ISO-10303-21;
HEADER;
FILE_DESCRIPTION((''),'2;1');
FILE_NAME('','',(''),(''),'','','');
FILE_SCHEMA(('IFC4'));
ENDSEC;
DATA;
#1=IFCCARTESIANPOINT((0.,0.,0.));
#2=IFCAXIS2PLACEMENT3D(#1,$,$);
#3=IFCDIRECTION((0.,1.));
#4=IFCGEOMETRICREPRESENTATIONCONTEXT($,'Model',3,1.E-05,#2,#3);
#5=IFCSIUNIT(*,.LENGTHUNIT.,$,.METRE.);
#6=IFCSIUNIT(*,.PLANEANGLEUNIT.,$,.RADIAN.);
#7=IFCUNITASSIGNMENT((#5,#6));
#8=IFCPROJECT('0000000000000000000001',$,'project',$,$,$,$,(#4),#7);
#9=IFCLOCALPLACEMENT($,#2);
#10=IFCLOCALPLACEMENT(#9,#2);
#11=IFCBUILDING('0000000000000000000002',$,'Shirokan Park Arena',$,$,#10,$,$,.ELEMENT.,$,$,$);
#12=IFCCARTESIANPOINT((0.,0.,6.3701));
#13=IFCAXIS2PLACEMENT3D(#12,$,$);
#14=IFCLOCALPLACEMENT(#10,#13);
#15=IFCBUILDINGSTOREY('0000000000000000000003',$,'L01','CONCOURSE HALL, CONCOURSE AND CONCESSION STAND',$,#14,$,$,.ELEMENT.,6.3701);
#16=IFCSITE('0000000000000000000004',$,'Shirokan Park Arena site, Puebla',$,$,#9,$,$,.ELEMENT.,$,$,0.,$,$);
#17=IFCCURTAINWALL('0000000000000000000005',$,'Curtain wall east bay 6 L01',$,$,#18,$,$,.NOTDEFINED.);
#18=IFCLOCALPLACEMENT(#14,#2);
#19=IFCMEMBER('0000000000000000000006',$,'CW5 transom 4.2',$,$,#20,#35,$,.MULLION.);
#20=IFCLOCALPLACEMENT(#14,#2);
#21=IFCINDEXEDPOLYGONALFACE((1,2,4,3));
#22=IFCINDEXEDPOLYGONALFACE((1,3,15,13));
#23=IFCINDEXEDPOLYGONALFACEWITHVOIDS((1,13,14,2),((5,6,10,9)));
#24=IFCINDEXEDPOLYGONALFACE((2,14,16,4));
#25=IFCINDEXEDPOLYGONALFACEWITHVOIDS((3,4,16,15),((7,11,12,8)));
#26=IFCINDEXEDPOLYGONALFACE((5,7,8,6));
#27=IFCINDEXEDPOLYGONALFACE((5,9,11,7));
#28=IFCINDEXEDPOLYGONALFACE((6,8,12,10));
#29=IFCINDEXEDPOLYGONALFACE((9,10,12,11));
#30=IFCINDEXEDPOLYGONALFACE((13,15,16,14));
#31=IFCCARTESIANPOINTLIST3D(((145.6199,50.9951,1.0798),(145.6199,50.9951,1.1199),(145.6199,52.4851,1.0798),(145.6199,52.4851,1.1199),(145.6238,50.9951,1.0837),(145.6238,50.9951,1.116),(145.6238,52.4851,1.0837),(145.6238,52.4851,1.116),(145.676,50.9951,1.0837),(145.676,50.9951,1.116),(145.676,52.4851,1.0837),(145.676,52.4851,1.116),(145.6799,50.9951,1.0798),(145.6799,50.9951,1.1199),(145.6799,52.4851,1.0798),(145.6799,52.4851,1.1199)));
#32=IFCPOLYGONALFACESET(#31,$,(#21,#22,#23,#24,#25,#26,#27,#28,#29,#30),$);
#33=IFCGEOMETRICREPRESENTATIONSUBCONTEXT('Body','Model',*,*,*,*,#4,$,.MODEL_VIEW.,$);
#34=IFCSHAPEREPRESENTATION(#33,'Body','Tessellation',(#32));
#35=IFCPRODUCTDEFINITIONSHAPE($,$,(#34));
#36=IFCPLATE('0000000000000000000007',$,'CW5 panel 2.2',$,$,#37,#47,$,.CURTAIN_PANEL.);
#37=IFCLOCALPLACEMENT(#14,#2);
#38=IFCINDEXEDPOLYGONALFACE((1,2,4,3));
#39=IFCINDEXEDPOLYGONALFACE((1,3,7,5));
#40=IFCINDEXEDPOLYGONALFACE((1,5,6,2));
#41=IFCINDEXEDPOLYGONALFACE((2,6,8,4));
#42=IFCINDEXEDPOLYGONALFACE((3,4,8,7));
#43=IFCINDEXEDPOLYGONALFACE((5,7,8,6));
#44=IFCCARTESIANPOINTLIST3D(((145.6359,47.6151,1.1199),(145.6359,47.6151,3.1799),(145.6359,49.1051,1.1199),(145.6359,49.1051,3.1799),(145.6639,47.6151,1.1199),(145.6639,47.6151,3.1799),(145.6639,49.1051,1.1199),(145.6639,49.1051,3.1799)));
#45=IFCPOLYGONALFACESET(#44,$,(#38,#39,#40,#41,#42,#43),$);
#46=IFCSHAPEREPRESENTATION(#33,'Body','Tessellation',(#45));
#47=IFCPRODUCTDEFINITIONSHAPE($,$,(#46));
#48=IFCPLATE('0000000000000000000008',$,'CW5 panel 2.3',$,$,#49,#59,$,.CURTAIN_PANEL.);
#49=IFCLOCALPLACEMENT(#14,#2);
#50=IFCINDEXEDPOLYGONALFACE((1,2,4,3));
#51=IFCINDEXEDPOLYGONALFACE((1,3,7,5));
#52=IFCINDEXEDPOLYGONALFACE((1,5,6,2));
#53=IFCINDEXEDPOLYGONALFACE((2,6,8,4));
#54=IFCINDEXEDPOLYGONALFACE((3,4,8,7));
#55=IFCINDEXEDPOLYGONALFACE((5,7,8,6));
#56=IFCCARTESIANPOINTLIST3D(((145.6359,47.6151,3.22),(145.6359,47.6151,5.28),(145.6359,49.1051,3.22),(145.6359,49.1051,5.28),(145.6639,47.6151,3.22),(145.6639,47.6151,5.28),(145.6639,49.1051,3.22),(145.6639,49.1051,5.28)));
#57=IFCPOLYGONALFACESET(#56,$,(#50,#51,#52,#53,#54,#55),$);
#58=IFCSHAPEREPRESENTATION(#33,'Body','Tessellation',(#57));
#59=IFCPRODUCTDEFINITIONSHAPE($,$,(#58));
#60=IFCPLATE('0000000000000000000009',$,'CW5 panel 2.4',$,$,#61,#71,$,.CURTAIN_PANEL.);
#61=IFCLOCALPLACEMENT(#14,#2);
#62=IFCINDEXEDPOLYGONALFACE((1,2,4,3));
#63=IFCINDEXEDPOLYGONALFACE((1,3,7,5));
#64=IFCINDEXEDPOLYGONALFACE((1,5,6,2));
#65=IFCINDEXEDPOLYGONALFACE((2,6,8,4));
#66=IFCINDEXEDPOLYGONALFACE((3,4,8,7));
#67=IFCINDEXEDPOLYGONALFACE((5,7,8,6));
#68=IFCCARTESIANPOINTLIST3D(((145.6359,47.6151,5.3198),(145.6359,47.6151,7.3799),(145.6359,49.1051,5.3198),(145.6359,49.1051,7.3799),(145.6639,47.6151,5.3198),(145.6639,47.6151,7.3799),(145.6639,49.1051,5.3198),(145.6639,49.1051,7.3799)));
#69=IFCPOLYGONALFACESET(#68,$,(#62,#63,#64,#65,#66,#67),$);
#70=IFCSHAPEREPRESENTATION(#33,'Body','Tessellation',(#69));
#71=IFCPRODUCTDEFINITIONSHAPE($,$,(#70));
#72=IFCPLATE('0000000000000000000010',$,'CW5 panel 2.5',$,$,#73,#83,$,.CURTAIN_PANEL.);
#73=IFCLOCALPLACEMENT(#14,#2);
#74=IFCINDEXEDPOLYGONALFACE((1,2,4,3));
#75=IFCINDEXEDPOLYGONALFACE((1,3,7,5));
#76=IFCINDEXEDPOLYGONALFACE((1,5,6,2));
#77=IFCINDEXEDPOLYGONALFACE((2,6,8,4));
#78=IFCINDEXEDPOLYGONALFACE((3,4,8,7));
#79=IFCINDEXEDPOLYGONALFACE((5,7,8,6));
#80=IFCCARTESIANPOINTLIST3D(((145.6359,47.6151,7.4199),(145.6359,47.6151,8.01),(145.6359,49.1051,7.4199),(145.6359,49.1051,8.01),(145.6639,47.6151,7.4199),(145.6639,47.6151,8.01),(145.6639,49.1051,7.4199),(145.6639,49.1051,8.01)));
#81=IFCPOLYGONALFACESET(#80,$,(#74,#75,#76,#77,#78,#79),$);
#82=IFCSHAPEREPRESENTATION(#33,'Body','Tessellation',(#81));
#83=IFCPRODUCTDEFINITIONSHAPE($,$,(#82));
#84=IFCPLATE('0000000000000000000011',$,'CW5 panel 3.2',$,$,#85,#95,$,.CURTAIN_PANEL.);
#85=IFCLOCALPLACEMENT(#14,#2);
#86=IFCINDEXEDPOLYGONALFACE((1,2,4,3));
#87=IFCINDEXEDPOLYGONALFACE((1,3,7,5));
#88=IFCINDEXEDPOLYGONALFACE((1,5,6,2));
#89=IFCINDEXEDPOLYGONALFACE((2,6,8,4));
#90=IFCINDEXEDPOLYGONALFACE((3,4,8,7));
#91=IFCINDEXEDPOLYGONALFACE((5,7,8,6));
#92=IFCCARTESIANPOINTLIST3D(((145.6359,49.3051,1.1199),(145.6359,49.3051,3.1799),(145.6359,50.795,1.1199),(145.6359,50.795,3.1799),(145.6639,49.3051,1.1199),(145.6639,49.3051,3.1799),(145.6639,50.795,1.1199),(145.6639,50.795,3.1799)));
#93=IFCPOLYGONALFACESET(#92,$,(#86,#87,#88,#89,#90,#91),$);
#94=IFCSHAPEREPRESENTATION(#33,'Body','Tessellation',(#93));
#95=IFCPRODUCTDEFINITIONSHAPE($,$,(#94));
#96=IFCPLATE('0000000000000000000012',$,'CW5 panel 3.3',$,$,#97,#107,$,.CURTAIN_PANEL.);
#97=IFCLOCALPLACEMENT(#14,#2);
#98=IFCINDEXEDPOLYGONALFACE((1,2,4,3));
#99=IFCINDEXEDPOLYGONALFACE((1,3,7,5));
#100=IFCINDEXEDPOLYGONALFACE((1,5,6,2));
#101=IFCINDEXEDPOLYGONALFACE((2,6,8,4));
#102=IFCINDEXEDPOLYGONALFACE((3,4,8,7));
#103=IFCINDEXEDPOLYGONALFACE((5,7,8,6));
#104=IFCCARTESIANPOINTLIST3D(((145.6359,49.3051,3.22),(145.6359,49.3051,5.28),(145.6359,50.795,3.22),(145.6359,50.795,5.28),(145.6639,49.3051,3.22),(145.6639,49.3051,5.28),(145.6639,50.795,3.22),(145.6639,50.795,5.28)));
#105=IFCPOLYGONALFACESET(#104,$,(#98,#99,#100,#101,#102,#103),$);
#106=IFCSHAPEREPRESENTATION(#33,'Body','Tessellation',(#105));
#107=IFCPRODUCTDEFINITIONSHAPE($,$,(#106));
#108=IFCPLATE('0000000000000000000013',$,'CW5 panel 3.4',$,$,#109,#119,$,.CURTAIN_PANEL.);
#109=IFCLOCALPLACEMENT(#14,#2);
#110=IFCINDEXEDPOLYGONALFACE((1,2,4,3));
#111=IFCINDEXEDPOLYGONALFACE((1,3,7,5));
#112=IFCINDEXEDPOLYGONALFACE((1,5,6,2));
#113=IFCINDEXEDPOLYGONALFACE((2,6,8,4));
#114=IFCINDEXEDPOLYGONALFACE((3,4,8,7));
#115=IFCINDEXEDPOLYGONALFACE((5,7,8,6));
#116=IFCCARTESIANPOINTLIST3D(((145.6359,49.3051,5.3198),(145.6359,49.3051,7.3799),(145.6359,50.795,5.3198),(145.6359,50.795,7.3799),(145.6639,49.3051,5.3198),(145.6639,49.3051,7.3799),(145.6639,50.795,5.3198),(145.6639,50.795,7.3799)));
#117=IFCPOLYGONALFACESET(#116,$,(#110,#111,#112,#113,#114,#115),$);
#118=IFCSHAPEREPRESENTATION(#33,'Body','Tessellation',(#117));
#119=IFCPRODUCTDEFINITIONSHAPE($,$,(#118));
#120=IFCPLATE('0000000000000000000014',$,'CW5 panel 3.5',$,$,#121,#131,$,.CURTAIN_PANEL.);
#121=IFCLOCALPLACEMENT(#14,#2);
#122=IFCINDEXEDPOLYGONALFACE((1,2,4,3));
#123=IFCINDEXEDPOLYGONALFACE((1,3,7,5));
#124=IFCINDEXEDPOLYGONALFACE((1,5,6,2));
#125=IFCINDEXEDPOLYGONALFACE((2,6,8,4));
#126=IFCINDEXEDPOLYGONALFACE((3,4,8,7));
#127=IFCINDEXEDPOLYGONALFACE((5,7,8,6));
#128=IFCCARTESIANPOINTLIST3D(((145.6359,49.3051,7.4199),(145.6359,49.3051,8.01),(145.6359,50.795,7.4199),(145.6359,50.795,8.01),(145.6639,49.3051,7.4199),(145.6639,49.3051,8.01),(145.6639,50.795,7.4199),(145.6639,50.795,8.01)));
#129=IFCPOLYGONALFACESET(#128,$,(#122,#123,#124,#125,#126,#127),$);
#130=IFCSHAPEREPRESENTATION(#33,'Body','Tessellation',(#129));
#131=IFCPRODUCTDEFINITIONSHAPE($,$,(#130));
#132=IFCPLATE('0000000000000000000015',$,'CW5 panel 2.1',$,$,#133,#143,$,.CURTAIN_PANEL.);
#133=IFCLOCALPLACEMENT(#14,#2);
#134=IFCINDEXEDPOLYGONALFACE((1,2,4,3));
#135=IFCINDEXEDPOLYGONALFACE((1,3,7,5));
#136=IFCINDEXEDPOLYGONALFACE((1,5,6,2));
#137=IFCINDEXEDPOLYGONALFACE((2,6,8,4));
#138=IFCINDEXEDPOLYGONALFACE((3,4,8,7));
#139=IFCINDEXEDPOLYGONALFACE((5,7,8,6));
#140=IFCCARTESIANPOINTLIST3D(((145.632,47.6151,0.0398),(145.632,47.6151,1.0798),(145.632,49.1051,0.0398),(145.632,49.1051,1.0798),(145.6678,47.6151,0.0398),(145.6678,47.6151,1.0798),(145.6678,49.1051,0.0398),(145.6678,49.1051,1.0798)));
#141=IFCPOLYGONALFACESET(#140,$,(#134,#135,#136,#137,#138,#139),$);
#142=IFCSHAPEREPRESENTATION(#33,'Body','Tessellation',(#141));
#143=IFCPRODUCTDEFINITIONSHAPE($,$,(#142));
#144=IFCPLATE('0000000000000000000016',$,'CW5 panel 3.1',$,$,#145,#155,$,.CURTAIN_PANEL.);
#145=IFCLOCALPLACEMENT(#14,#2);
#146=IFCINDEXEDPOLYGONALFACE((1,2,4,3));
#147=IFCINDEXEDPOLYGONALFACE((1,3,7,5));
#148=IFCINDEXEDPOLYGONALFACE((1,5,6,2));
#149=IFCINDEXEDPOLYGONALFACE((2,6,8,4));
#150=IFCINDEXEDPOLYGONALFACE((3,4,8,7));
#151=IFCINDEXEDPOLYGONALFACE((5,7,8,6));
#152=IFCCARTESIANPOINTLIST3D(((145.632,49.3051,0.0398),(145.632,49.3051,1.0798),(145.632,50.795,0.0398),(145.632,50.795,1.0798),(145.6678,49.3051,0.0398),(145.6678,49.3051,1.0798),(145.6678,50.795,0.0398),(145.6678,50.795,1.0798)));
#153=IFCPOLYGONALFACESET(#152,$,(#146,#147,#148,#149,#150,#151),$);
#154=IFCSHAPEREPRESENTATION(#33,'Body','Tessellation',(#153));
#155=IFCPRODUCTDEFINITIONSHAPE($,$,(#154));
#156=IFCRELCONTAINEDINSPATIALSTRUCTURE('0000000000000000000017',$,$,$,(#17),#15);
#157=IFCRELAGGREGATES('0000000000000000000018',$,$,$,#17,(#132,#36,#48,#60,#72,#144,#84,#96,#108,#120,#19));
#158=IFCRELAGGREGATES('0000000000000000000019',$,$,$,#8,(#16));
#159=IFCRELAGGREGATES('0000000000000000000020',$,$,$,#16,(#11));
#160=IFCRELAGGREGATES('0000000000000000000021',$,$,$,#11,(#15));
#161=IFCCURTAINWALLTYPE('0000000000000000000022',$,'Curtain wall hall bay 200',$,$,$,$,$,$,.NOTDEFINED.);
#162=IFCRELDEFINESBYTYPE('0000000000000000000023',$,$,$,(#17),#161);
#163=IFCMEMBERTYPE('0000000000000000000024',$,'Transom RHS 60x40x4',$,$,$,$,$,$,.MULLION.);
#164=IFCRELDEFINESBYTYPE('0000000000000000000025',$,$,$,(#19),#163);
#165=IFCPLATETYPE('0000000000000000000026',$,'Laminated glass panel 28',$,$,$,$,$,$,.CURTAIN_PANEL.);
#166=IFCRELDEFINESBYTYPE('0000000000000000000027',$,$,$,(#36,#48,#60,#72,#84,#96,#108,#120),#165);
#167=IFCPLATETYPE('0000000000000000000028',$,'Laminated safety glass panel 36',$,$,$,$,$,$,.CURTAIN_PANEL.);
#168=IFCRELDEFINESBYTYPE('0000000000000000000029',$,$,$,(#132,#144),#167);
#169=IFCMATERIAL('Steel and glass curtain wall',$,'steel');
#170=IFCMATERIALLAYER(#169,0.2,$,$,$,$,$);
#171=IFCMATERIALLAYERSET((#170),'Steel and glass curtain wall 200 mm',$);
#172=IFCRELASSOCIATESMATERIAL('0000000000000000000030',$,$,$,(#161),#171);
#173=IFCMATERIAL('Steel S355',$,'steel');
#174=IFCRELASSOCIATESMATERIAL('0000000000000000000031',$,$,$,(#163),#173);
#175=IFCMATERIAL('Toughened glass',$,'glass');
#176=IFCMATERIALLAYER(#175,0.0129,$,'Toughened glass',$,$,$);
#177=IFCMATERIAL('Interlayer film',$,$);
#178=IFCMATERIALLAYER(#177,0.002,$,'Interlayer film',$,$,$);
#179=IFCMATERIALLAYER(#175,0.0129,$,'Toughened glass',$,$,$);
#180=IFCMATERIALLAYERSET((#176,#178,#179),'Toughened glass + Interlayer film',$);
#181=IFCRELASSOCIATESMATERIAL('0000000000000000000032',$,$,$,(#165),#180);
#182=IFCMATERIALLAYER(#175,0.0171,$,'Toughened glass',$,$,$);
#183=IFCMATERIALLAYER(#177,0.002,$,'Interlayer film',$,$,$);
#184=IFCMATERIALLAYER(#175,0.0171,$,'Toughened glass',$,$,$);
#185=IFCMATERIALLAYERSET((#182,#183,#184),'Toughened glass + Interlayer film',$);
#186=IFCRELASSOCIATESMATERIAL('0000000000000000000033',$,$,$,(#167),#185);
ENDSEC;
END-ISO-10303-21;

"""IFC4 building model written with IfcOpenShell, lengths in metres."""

from ifc_helpers import new_model, si_unit, direction, frame, origin, origin_2d, place, context, subcontext, project, spatial, rectangle, hollow_rectangle, extrude, material, layer, layer_set, material_profile, profile_set, type_object, element, aggregate, save


model = new_model("IFC4")

# Units and contexts
model_context = context("Model", 3, precision=1e-05, world=origin(), true_north=direction((0.0, 1.0)))
body_context = subcontext(model_context, "Body", "Model", "MODEL_VIEW")
ifc_project = project(units=[si_unit("LENGTHUNIT", "METRE"), si_unit("PLANEANGLEUNIT", "RADIAN")], contexts=[model_context])

# Site, building, storey
site_placement = place(None, origin())
site = spatial("IfcSite", under=ifc_project, at=site_placement, Name="Shirokan Park Arena site, Puebla", CompositionType="ELEMENT", RefElevation=0.0)
building_placement = place(site_placement, origin())
building = spatial("IfcBuilding", under=site, at=building_placement, Name="Shirokan Park Arena", CompositionType="ELEMENT")
storey_placement = place(building_placement, frame((0.0, 0.0, 6.3701)))
storey = spatial("IfcBuildingStorey", under=building, at=storey_placement, Name="L01", Description="CONCOURSE HALL, CONCOURSE AND CONCESSION STAND", CompositionType="ELEMENT", Elevation=6.3701)

# Curtain wall, member, plates
ifc_material_1 = material(Name="Steel and glass curtain wall", Category="steel")
ifc_layer_1 = layer(ifc_material_1, 0.2)
ifc_layer_set_1 = layer_set([ifc_layer_1], Name="Steel and glass curtain wall 200 mm")
curtain_wall_type = type_object("IfcCurtainWallType", Name="Curtain wall hall bay 200", PredefinedType="NOTDEFINED", material=ifc_layer_set_1)
curtain_wall_placement = place(storey_placement, origin())
curtain_wall = element("IfcCurtainWall", 1, at=curtain_wall_placement, inside=storey, type_object=curtain_wall_type, Name="Curtain wall east bay 6 L01", PredefinedType="NOTDEFINED")
ifc_material_2 = material(Name="Steel S355", Category="steel")
ifc_material_profile_1 = material_profile(ifc_material_2, hollow_rectangle(XDim=0.0601, YDim=0.04, WallThickness=0.0039, at=origin_2d()), Name="RHS 60x40x4")
ifc_profile_set_1 = profile_set([ifc_material_profile_1], Name="Steel S355")
member_type_1 = type_object("IfcMemberType", Name="Transom RHS 60x40x4", PredefinedType="MULLION", material=ifc_profile_set_1)
member_1_placement = place(storey_placement, frame((145.6499, 50.9951, 1.0999), z_axis=(0.0, 1.0, 0.0), x_axis=(-1.0, 0.0, 0.0)))
member_1 = element("IfcMember", 2, at=member_1_placement, type_object=member_type_1, Name="CW5 transom 4.2", PredefinedType="MULLION", context=body_context, shape_type="SweptSolid", body=[
    extrude(hollow_rectangle(XDim=0.0601, YDim=0.04, WallThickness=0.0039, at=origin_2d()), origin(), (0.0, 0.0, 1.0), 1.49),
])
ifc_material_3 = material(Name="Toughened glass", Category="glass")
ifc_layer_2 = layer(ifc_material_3, 0.0129, Name="Toughened glass")
ifc_material_4 = material(Name="Interlayer film")
ifc_layer_3 = layer(ifc_material_4, 0.002, Name="Interlayer film")
ifc_layer_4 = layer(ifc_material_3, 0.0129, Name="Toughened glass")
ifc_layer_set_2 = layer_set([ifc_layer_2, ifc_layer_3, ifc_layer_4], Name="Toughened glass + Interlayer film")
plate_type_1 = type_object("IfcPlateType", Name="Laminated glass panel 28", PredefinedType="CURTAIN_PANEL", material=ifc_layer_set_2)
plate_1_placement = place(storey_placement, frame((145.6499, 48.3601, 1.1199), z_axis=(0.0, 0.0, 1.0), x_axis=(0.0, 1.0, 0.0)))
plate_1 = element("IfcPlate", 3, at=plate_1_placement, type_object=plate_type_1, Name="CW5 panel 2.2", PredefinedType="CURTAIN_PANEL", context=body_context, shape_type="SweptSolid", body=[
    extrude(rectangle(XDim=1.49, YDim=0.0281, at=origin_2d()), origin(), (0.0, 0.0, 1.0), 2.0601),
])
plate_2_placement = place(storey_placement, frame((145.6499, 48.3601, 3.22), z_axis=(0.0, 0.0, 1.0), x_axis=(0.0, 1.0, 0.0)))
plate_2 = element("IfcPlate", 4, at=plate_2_placement, type_object=plate_type_1, Name="CW5 panel 2.3", PredefinedType="CURTAIN_PANEL", context=body_context, shape_type="SweptSolid", body=[
    extrude(rectangle(XDim=1.49, YDim=0.0281, at=origin_2d()), origin(), (0.0, 0.0, 1.0), 2.0601),
])
plate_3_placement = place(storey_placement, frame((145.6499, 48.3601, 5.3198), z_axis=(0.0, 0.0, 1.0), x_axis=(0.0, 1.0, 0.0)))
plate_3 = element("IfcPlate", 5, at=plate_3_placement, type_object=plate_type_1, Name="CW5 panel 2.4", PredefinedType="CURTAIN_PANEL", context=body_context, shape_type="SweptSolid", body=[
    extrude(rectangle(XDim=1.49, YDim=0.0281, at=origin_2d()), origin(), (0.0, 0.0, 1.0), 2.0601),
])
plate_4_placement = place(storey_placement, frame((145.6499, 48.3601, 7.4199), z_axis=(0.0, 0.0, 1.0), x_axis=(0.0, 1.0, 0.0)))
plate_4 = element("IfcPlate", 6, at=plate_4_placement, type_object=plate_type_1, Name="CW5 panel 2.5", PredefinedType="CURTAIN_PANEL", context=body_context, shape_type="SweptSolid", body=[
    extrude(rectangle(XDim=1.49, YDim=0.0281, at=origin_2d()), origin(), (0.0, 0.0, 1.0), 0.5901),
])
plate_5_placement = place(storey_placement, frame((145.6499, 50.05, 1.1199), z_axis=(0.0, 0.0, 1.0), x_axis=(0.0, 1.0, 0.0)))
plate_5 = element("IfcPlate", 7, at=plate_5_placement, type_object=plate_type_1, Name="CW5 panel 3.2", PredefinedType="CURTAIN_PANEL", context=body_context, shape_type="SweptSolid", body=[
    extrude(rectangle(XDim=1.49, YDim=0.0281, at=origin_2d()), origin(), (0.0, 0.0, 1.0), 2.0601),
])
plate_6_placement = place(storey_placement, frame((145.6499, 50.05, 3.22), z_axis=(0.0, 0.0, 1.0), x_axis=(0.0, 1.0, 0.0)))
plate_6 = element("IfcPlate", 8, at=plate_6_placement, type_object=plate_type_1, Name="CW5 panel 3.3", PredefinedType="CURTAIN_PANEL", context=body_context, shape_type="SweptSolid", body=[
    extrude(rectangle(XDim=1.49, YDim=0.0281, at=origin_2d()), origin(), (0.0, 0.0, 1.0), 2.0601),
])
plate_7_placement = place(storey_placement, frame((145.6499, 50.05, 5.3198), z_axis=(0.0, 0.0, 1.0), x_axis=(0.0, 1.0, 0.0)))
plate_7 = element("IfcPlate", 9, at=plate_7_placement, type_object=plate_type_1, Name="CW5 panel 3.4", PredefinedType="CURTAIN_PANEL", context=body_context, shape_type="SweptSolid", body=[
    extrude(rectangle(XDim=1.49, YDim=0.0281, at=origin_2d()), origin(), (0.0, 0.0, 1.0), 2.0601),
])
plate_8_placement = place(storey_placement, frame((145.6499, 50.05, 7.4199), z_axis=(0.0, 0.0, 1.0), x_axis=(0.0, 1.0, 0.0)))
plate_8 = element("IfcPlate", 10, at=plate_8_placement, type_object=plate_type_1, Name="CW5 panel 3.5", PredefinedType="CURTAIN_PANEL", context=body_context, shape_type="SweptSolid", body=[
    extrude(rectangle(XDim=1.49, YDim=0.0281, at=origin_2d()), origin(), (0.0, 0.0, 1.0), 0.5901),
])
ifc_layer_5 = layer(ifc_material_3, 0.0171, Name="Toughened glass")
ifc_layer_6 = layer(ifc_material_4, 0.002, Name="Interlayer film")
ifc_layer_7 = layer(ifc_material_3, 0.0171, Name="Toughened glass")
ifc_layer_set_3 = layer_set([ifc_layer_5, ifc_layer_6, ifc_layer_7], Name="Toughened glass + Interlayer film")
plate_type_2 = type_object("IfcPlateType", Name="Laminated safety glass panel 36", PredefinedType="CURTAIN_PANEL", material=ifc_layer_set_3)
plate_9_placement = place(storey_placement, frame((145.6499, 48.3601, 0.0398), z_axis=(0.0, 0.0, 1.0), x_axis=(0.0, 1.0, 0.0)))
plate_9 = element("IfcPlate", 11, at=plate_9_placement, type_object=plate_type_2, Name="CW5 panel 2.1", PredefinedType="CURTAIN_PANEL", context=body_context, shape_type="SweptSolid", body=[
    extrude(rectangle(XDim=1.49, YDim=0.0359, at=origin_2d()), origin(), (0.0, 0.0, 1.0), 1.04),
])
plate_10_placement = place(storey_placement, frame((145.6499, 50.05, 0.0398), z_axis=(0.0, 0.0, 1.0), x_axis=(0.0, 1.0, 0.0)))
plate_10 = element("IfcPlate", 12, at=plate_10_placement, type_object=plate_type_2, Name="CW5 panel 3.1", PredefinedType="CURTAIN_PANEL", context=body_context, shape_type="SweptSolid", body=[
    extrude(rectangle(XDim=1.49, YDim=0.0359, at=origin_2d()), origin(), (0.0, 0.0, 1.0), 1.04),
])
aggregate(curtain_wall, [plate_9, plate_1, plate_2, plate_3, plate_4, plate_10, plate_5, plate_6, plate_7, plate_8, member_1])

save(model, "model.ifc")
